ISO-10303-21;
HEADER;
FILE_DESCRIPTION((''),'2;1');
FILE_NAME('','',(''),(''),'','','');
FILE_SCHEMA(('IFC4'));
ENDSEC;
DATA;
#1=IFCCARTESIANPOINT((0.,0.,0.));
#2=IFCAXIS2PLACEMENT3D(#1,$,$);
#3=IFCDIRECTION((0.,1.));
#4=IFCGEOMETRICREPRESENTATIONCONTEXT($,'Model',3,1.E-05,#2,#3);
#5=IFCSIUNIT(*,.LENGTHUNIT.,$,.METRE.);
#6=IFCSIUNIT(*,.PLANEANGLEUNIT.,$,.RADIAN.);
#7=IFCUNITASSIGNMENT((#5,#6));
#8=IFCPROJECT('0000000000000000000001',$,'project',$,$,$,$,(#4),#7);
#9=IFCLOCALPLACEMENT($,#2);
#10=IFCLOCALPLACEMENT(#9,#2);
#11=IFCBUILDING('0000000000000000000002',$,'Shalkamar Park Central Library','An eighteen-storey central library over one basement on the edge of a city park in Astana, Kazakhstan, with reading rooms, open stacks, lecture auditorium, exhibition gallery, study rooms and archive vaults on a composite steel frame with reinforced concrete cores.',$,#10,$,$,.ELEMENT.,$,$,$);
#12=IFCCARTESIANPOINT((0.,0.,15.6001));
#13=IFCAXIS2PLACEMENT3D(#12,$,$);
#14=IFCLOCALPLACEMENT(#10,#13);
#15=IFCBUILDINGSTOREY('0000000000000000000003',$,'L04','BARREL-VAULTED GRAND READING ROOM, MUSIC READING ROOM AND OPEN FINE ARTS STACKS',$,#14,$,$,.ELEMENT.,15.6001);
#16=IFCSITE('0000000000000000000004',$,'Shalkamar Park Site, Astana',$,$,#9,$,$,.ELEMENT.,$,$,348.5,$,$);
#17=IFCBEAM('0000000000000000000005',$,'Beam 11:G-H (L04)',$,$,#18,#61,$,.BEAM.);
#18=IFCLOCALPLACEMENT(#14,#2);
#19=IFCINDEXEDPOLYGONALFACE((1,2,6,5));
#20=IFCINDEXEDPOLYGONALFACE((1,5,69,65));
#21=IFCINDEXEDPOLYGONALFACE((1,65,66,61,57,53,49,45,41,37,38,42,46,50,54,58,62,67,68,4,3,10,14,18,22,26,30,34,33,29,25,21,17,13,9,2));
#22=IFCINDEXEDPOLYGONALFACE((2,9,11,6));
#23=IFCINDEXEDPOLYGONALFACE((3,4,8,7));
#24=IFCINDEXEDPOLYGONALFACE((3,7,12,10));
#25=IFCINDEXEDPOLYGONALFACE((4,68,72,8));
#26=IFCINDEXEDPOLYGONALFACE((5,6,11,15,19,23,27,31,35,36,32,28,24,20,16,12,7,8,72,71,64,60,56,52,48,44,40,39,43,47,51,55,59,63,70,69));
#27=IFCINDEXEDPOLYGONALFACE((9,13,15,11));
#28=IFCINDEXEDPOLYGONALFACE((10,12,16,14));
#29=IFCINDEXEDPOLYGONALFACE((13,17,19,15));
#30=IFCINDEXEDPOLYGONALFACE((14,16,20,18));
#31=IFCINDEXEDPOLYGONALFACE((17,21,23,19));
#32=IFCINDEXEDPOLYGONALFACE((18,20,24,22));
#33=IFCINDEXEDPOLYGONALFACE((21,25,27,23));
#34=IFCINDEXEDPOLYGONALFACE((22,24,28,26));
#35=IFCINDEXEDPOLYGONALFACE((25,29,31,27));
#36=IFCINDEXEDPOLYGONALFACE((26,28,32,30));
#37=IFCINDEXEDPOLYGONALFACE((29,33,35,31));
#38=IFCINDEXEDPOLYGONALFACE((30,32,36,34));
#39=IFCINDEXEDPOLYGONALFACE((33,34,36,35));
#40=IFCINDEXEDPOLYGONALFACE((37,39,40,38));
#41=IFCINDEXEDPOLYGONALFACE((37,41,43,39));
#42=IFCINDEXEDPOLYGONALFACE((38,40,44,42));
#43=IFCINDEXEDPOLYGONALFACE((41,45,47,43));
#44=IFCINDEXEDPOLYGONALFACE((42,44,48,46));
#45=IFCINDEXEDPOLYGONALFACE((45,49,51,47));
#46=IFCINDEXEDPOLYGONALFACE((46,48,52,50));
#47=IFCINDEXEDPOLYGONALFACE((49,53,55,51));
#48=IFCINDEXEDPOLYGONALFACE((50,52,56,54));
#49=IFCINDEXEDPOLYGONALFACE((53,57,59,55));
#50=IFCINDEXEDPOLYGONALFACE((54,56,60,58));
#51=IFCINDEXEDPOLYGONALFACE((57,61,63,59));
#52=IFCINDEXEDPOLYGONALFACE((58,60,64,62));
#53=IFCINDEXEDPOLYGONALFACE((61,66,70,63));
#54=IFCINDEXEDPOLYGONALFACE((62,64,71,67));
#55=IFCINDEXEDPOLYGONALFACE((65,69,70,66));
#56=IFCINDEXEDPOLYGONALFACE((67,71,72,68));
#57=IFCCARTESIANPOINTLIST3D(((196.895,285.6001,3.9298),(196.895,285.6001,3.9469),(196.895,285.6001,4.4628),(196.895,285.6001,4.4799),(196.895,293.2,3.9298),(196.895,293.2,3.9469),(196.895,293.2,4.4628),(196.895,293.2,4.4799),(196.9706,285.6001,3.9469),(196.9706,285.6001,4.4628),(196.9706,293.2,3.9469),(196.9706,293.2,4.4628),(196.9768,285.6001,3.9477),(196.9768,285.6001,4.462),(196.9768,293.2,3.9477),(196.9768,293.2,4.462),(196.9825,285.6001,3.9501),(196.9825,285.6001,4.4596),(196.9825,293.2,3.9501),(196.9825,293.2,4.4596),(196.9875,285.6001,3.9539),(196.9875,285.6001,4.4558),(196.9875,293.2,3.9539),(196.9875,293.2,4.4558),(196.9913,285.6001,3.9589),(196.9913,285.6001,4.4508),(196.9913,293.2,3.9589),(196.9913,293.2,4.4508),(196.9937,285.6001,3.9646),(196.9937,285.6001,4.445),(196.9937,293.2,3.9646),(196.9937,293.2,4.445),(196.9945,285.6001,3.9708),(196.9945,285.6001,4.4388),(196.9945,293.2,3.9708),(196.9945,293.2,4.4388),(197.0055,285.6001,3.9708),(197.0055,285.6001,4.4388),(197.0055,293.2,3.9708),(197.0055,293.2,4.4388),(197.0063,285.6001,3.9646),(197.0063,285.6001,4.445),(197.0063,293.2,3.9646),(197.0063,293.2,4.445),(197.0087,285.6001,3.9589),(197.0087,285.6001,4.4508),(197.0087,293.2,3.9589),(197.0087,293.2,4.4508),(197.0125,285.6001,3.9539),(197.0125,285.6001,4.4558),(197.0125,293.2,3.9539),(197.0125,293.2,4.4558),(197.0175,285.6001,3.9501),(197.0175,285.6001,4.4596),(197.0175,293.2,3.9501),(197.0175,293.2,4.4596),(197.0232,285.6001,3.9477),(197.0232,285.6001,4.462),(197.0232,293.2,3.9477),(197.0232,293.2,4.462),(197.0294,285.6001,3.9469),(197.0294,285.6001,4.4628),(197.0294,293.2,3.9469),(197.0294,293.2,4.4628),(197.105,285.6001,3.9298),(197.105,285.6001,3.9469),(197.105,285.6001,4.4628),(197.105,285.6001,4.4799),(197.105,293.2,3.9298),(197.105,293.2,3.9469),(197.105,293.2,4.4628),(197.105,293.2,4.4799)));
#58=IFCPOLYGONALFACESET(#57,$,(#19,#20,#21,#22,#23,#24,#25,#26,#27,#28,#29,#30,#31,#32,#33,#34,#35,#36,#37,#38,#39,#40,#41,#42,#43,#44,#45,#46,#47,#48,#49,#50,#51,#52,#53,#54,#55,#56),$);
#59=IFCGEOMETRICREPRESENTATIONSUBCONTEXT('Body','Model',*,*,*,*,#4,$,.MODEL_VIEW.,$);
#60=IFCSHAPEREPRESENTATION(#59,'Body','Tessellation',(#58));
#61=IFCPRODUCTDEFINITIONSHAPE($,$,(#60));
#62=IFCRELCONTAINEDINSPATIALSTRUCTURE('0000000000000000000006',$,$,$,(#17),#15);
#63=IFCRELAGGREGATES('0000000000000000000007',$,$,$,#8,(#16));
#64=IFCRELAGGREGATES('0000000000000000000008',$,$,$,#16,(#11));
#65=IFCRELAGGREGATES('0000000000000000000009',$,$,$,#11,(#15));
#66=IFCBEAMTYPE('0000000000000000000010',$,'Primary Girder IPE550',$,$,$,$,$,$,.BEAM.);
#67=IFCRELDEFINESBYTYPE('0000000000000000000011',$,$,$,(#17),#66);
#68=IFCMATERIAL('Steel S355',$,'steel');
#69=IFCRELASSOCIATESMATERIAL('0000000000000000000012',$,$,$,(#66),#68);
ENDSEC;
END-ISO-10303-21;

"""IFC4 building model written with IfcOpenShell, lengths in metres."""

from ifc_helpers import new_model, si_unit, direction, frame, origin, origin_2d, place, context, subcontext, project, spatial, i_section, extrude, material, material_profile, profile_set, type_object, element, save


model = new_model("IFC4")

# Units and contexts
model_context = context("Model", 3, precision=1e-05, world=origin(), true_north=direction((0.0, 1.0)))
body_context = subcontext(model_context, "Body", "Model", "MODEL_VIEW")
ifc_project = project(units=[si_unit("LENGTHUNIT", "METRE"), si_unit("PLANEANGLEUNIT", "RADIAN")], contexts=[model_context])

# Site, building, storey
site_placement = place(None, origin())
site = spatial("IfcSite", under=ifc_project, at=site_placement, Name="Shalkamar Park Site, Astana", CompositionType="ELEMENT", RefElevation=348.5)
building_placement = place(site_placement, origin())
building = spatial("IfcBuilding", under=site, at=building_placement, Name="Shalkamar Park Central Library", Description="An eighteen-storey central library over one basement on the edge of a city park in Astana, Kazakhstan, with reading rooms, open stacks, lecture auditorium, exhibition gallery, study rooms and archive vaults on a composite steel frame with reinforced concrete cores.", CompositionType="ELEMENT")
storey_placement = place(building_placement, frame((0.0, 0.0, 15.6001)))
storey = spatial("IfcBuildingStorey", under=building, at=storey_placement, Name="L04", Description="BARREL-VAULTED GRAND READING ROOM, MUSIC READING ROOM AND OPEN FINE ARTS STACKS", CompositionType="ELEMENT", Elevation=15.6001)

# Shared definitions
ifc_material = material(Name="Steel S355", Category="steel")

# Beam
ifc_material_profile_1 = material_profile(ifc_material, i_section(OverallWidth=0.21, OverallDepth=0.55, WebThickness=0.011, FlangeThickness=0.0171, FilletRadius=0.0239, at=origin_2d()), Name="IPE 550")
ifc_profile_set_1 = profile_set([ifc_material_profile_1], Name="Steel S355")
beam_type_1 = type_object("IfcBeamType", Name="Primary Girder IPE550", PredefinedType="BEAM", material=ifc_profile_set_1)
beam_1_placement = place(storey_placement, frame((197.0, 285.6001, 4.2048), z_axis=(0.0, 1.0, 0.0), x_axis=(-1.0, 0.0, 0.0)))
element("IfcBeam", 1, at=beam_1_placement, inside=storey, type_object=beam_type_1, Name="Beam 11:G-H (L04)", PredefinedType="BEAM", context=body_context, shape_type="SweptSolid", body=[
    extrude(i_section(OverallWidth=0.21, OverallDepth=0.55, WebThickness=0.011, FlangeThickness=0.0171, FilletRadius=0.0239, at=origin_2d()), origin(), (0.0, 0.0, 1.0), 7.5999),
])

save(model, "model.ifc")
